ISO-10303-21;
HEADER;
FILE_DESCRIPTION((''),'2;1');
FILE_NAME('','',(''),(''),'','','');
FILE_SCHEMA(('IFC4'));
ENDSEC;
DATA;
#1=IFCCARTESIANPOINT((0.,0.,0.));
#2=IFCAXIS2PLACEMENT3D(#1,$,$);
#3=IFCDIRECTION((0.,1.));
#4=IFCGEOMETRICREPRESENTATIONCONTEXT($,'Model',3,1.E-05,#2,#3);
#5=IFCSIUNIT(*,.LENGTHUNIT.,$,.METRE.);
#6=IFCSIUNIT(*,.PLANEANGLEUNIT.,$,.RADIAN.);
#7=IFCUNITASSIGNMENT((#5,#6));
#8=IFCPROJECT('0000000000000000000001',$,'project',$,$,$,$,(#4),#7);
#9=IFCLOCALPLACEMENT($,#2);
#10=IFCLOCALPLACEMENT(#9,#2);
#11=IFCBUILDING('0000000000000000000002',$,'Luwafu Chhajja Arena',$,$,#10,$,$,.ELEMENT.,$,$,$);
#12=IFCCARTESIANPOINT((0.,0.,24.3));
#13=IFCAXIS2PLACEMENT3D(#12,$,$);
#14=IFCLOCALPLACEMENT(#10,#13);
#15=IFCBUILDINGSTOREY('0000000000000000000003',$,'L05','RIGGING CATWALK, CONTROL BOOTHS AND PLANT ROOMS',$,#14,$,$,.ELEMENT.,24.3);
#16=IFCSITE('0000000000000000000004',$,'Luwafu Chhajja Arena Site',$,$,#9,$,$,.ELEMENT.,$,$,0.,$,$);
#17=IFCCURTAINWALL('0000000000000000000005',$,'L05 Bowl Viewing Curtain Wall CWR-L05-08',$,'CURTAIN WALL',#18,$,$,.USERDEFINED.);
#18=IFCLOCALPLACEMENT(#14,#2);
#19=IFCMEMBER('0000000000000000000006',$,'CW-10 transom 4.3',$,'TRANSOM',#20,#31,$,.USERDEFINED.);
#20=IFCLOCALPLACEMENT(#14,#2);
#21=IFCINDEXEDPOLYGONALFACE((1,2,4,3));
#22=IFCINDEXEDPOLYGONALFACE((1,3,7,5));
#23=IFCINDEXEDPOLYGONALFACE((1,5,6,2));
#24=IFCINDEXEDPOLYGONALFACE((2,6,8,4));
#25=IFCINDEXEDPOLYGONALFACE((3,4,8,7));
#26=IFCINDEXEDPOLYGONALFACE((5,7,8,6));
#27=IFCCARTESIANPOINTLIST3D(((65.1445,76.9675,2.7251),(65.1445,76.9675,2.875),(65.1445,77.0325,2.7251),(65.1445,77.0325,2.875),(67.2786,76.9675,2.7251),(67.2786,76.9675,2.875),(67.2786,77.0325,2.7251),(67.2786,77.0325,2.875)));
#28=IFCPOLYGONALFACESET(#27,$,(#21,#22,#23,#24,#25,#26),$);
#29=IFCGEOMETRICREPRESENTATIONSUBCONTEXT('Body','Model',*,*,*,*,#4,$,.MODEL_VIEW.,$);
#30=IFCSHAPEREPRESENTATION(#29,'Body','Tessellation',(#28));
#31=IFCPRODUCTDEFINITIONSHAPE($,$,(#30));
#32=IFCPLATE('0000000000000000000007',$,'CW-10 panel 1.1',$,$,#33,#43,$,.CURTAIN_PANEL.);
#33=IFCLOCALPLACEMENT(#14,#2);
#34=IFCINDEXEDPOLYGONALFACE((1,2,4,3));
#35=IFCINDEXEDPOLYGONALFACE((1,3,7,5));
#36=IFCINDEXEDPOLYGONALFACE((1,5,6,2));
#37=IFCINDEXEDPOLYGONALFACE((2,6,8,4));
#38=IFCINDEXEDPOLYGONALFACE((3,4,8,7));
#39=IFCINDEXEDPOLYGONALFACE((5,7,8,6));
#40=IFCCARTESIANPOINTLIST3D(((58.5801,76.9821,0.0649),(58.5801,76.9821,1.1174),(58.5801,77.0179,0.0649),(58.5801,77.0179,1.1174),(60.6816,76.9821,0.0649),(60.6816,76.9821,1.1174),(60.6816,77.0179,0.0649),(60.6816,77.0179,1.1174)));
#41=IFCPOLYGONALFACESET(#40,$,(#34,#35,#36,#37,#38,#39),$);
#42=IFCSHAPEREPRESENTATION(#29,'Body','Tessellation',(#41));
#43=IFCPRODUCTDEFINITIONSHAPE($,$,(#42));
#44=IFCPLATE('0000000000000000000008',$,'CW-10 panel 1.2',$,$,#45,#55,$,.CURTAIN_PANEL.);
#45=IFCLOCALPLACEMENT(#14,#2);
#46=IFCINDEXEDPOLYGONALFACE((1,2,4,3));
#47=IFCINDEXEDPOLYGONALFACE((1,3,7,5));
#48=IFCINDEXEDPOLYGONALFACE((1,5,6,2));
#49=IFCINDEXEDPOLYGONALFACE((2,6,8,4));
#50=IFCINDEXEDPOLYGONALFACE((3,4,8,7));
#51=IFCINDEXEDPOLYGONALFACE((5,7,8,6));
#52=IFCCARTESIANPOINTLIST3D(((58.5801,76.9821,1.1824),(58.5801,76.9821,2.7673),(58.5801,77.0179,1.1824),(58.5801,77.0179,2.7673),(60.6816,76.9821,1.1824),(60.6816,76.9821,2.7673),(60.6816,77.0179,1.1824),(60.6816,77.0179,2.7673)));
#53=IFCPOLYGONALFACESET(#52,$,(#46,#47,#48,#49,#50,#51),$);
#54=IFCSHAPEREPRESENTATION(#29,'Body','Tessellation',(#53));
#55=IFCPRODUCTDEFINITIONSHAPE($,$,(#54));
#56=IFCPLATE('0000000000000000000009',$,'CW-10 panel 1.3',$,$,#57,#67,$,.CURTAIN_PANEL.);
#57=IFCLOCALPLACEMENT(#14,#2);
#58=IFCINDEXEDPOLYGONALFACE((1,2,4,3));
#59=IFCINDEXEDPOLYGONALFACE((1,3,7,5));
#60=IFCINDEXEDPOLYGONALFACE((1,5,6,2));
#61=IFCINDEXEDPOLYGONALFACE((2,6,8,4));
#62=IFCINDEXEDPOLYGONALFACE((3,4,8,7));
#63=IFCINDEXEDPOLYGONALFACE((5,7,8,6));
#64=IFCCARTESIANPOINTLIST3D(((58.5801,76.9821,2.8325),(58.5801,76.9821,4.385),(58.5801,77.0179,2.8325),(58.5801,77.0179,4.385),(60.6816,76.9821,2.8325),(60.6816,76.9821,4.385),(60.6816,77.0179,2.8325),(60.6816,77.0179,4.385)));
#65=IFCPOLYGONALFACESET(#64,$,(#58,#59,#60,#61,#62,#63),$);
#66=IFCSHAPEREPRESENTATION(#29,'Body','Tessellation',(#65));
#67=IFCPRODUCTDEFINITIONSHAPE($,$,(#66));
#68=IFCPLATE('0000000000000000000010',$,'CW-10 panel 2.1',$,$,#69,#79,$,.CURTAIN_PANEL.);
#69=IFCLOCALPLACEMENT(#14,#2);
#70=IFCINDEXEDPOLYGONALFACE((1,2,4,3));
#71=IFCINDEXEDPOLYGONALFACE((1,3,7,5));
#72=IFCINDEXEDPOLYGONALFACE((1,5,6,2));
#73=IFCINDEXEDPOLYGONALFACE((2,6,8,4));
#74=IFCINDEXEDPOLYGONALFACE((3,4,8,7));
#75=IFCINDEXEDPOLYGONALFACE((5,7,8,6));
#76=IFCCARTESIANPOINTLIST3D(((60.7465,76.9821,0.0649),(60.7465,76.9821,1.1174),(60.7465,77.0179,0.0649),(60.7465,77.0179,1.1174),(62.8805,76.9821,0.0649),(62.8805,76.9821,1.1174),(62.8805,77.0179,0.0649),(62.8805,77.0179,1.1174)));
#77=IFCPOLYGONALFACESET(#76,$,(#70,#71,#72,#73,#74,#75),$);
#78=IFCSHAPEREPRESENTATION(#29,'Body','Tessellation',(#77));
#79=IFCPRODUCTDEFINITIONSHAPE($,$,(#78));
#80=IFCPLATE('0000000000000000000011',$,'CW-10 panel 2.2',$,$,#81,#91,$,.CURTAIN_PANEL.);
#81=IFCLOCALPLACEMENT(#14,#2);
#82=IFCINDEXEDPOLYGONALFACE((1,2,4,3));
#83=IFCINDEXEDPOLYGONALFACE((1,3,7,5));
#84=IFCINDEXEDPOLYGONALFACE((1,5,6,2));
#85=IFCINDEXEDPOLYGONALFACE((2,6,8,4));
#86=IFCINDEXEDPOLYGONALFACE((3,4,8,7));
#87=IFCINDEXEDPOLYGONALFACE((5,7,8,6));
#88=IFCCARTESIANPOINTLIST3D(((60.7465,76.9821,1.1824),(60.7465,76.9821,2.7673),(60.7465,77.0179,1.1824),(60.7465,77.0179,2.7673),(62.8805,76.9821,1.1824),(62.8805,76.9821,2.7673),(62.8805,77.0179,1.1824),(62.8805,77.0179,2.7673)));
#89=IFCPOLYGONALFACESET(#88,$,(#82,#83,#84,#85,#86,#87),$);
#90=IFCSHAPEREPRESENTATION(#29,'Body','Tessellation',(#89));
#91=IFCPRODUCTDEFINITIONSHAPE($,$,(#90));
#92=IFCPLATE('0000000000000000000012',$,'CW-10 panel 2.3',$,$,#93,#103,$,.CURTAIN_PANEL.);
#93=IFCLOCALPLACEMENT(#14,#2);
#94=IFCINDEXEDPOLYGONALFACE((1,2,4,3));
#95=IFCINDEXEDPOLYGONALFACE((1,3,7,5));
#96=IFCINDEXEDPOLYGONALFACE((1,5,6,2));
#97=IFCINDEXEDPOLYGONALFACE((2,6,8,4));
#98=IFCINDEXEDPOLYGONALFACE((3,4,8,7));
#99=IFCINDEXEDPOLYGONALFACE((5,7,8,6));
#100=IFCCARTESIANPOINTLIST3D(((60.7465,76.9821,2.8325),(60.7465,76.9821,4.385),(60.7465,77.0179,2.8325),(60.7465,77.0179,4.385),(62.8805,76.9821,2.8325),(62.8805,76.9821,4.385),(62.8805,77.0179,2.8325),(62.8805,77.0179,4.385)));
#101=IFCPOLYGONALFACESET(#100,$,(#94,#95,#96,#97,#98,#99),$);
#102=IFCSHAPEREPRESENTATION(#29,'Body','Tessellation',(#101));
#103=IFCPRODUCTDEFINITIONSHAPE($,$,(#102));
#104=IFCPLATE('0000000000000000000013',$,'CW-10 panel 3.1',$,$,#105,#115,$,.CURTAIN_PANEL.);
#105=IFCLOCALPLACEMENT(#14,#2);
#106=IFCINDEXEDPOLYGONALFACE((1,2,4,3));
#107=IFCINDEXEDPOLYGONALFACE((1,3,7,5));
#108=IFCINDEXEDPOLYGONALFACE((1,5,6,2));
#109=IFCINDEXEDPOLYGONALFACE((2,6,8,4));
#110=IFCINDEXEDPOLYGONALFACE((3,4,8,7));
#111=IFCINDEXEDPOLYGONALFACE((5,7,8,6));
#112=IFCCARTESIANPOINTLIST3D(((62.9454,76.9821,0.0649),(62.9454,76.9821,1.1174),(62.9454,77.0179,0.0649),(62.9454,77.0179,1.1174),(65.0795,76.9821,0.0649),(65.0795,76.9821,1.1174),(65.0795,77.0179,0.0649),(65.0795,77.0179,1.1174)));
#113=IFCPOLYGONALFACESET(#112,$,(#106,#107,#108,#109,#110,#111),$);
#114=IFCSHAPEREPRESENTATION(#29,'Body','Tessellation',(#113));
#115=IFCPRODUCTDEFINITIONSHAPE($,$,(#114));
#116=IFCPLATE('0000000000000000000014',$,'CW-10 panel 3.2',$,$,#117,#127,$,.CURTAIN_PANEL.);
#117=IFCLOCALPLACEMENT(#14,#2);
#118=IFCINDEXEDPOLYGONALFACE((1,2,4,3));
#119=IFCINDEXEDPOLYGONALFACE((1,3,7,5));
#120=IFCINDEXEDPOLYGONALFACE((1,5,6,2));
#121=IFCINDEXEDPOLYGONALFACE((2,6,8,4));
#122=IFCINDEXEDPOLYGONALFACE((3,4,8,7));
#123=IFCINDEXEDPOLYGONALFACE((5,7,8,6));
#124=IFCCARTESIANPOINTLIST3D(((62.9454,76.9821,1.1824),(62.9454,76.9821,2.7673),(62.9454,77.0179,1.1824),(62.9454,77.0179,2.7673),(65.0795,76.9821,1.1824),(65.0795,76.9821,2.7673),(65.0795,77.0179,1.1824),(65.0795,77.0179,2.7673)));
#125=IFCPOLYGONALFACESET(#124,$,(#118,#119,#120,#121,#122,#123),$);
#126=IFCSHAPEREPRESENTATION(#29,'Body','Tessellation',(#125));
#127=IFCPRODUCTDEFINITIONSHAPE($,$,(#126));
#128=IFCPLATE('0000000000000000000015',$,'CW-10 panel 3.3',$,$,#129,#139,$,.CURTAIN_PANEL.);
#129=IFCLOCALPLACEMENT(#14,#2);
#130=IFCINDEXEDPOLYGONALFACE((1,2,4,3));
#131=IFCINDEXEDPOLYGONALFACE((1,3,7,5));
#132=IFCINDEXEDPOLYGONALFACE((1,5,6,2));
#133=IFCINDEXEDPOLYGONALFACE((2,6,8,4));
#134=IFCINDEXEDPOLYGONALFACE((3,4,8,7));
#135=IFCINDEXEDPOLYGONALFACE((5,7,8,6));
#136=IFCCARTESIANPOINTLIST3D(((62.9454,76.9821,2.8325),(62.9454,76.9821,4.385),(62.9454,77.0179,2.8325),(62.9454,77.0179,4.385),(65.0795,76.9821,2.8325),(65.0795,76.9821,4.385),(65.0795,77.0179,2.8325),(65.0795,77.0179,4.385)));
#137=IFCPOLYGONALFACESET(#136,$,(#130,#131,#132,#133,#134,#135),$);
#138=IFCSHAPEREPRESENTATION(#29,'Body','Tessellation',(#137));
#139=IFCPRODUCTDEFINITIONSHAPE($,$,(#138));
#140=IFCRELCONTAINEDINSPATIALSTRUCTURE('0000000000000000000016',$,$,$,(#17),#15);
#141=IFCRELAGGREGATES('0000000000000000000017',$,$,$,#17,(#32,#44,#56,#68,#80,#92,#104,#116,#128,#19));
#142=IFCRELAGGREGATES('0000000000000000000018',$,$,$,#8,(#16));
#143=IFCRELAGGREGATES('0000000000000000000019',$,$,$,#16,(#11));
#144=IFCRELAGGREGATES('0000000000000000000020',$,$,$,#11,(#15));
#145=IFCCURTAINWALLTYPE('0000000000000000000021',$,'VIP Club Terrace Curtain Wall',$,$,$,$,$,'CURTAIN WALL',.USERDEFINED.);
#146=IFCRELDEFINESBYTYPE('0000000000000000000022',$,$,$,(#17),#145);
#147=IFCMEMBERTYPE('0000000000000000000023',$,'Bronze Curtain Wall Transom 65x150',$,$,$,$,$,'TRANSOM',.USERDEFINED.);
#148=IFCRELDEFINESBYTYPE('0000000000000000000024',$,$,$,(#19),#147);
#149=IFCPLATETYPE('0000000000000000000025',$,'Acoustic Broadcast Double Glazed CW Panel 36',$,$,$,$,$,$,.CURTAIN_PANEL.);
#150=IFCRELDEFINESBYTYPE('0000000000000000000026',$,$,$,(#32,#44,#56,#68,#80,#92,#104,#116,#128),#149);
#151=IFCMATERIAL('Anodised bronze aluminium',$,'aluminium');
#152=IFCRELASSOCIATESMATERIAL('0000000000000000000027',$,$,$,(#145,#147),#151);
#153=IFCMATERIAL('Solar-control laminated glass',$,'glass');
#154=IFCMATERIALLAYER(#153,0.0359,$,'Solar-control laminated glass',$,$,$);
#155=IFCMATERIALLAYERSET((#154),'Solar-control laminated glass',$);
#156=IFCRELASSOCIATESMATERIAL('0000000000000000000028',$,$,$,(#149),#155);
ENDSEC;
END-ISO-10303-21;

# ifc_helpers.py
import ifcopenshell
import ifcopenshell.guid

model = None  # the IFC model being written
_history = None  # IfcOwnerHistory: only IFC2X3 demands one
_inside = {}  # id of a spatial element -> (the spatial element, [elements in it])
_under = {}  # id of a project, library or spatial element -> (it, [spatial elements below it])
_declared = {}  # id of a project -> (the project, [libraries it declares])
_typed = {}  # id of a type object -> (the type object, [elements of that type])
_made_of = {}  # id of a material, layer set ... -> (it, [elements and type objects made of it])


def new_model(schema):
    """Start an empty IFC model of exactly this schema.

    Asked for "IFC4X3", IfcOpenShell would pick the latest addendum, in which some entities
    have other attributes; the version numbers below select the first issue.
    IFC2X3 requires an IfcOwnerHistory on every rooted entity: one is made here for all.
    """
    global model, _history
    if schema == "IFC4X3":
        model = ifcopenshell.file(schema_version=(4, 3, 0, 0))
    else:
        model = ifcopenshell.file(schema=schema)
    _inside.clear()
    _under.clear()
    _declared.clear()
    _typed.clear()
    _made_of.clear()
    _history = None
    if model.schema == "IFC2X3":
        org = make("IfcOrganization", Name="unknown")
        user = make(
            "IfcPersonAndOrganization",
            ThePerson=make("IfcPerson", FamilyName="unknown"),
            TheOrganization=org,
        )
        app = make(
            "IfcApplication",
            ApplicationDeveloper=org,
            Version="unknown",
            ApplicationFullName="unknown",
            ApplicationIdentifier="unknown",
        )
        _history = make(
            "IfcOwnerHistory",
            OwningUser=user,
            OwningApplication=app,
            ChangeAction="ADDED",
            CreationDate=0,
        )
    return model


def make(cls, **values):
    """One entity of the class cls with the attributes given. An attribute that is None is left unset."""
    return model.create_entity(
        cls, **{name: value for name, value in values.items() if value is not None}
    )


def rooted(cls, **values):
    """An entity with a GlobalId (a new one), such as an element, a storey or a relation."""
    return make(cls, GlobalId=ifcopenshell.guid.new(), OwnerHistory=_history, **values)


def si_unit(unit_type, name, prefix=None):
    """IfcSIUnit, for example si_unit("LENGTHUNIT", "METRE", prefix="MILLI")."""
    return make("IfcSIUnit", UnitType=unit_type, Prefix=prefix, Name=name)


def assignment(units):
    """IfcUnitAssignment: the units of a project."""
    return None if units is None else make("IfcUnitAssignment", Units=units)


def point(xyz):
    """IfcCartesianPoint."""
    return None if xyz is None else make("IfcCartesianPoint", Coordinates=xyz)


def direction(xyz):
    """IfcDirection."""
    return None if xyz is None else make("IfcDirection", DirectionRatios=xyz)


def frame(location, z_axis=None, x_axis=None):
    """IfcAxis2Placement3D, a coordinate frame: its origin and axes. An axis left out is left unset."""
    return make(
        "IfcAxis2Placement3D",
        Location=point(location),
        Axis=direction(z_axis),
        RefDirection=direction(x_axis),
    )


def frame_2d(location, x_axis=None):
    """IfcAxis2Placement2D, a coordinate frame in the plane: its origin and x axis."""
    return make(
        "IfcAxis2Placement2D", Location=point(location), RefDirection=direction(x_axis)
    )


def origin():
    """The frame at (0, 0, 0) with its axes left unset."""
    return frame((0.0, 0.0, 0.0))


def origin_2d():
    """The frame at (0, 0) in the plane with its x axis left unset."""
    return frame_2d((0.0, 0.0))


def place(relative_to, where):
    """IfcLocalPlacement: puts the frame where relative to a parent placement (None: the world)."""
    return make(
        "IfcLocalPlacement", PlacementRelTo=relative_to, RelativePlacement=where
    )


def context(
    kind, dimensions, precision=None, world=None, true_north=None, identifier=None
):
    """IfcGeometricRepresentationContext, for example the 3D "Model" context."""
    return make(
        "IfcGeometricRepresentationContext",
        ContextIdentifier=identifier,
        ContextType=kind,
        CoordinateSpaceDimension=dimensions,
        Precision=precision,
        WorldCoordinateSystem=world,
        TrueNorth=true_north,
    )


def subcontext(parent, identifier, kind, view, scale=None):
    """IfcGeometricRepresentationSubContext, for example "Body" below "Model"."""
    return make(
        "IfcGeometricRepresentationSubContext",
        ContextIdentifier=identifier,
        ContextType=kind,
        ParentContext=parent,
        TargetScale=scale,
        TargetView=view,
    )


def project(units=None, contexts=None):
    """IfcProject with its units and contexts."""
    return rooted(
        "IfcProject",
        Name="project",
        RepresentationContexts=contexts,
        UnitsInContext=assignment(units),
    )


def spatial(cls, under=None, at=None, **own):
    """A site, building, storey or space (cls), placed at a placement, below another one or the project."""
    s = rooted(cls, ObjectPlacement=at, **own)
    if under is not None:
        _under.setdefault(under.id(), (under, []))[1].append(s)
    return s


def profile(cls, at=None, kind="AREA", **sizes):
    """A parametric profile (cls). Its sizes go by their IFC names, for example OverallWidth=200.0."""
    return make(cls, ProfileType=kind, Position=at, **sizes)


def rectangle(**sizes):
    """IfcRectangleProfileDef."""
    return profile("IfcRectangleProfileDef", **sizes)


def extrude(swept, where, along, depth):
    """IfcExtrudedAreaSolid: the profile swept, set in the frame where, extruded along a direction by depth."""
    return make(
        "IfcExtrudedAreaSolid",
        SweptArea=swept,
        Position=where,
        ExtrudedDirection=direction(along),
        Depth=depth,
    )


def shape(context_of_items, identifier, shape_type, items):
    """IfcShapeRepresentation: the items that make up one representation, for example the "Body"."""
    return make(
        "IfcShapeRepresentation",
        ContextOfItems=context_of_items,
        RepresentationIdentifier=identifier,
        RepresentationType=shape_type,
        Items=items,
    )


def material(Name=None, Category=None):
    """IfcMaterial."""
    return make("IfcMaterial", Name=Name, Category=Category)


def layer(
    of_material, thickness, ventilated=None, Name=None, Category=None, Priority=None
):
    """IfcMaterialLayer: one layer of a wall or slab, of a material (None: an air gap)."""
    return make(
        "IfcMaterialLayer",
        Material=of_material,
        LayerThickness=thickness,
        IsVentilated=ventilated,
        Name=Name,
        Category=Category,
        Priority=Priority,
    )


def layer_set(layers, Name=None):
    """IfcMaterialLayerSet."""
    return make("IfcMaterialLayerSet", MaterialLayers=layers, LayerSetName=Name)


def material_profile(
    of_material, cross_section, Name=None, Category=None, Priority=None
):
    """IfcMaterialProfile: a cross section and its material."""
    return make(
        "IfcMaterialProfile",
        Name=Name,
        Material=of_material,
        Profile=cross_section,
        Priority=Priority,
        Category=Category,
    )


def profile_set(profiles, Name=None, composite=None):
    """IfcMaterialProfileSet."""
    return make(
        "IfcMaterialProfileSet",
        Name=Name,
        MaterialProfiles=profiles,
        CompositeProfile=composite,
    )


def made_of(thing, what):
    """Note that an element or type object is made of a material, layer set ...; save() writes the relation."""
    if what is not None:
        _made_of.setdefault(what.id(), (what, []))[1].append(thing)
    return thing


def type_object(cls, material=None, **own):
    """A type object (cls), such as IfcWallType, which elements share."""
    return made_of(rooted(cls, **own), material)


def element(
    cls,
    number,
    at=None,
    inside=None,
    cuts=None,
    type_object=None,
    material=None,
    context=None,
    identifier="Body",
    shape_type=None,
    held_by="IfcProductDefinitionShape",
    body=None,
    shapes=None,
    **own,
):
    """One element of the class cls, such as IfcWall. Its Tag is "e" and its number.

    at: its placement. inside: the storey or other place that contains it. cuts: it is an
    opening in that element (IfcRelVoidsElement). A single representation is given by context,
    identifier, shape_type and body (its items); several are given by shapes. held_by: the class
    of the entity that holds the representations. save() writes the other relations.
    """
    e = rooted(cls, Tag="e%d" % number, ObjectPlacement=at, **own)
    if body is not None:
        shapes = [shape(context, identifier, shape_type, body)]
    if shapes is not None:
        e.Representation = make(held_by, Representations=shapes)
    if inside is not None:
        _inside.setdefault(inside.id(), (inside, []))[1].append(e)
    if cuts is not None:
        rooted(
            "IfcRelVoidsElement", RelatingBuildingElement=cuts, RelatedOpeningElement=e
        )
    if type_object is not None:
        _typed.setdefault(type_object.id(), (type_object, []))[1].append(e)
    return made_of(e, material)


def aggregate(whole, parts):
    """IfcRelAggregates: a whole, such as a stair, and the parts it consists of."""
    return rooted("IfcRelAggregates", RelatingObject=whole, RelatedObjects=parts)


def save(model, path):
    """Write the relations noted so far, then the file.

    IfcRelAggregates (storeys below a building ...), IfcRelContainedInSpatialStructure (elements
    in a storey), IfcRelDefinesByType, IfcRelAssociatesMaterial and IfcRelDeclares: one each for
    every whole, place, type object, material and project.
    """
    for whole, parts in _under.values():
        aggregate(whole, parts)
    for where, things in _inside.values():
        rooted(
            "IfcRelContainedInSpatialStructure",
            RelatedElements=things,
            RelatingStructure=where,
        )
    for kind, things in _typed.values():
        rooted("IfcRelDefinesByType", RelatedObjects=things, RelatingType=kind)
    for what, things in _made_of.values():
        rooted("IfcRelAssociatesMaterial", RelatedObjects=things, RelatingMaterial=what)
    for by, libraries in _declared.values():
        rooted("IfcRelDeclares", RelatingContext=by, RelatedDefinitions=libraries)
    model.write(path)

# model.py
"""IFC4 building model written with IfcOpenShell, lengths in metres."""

from ifc_helpers import new_model, si_unit, direction, frame, origin, origin_2d, place, context, subcontext, project, spatial, rectangle, extrude, material, layer, layer_set, material_profile, profile_set, type_object, element, aggregate, save


model = new_model("IFC4")

# Units and contexts
model_context = context("Model", 3, precision=1e-05, world=origin(), true_north=direction((0.0, 1.0)))
body_context = subcontext(model_context, "Body", "Model", "MODEL_VIEW")
ifc_project = project(units=[si_unit("LENGTHUNIT", "METRE"), si_unit("PLANEANGLEUNIT", "RADIAN")], contexts=[model_context])

# Site, building, storey
site_placement = place(None, origin())
site = spatial("IfcSite", under=ifc_project, at=site_placement, Name="Luwafu Chhajja Arena Site", CompositionType="ELEMENT", RefElevation=0.0)
building_placement = place(site_placement, origin())
building = spatial("IfcBuilding", under=site, at=building_placement, Name="Luwafu Chhajja Arena", CompositionType="ELEMENT")
storey_placement = place(building_placement, frame((0.0, 0.0, 24.3)))
storey = spatial("IfcBuildingStorey", under=building, at=storey_placement, Name="L05", Description="RIGGING CATWALK, CONTROL BOOTHS AND PLANT ROOMS", CompositionType="ELEMENT", Elevation=24.3)

# Curtain wall, member, plates
ifc_material_1 = material(Name="Anodised bronze aluminium", Category="aluminium")
curtain_wall_type = type_object("IfcCurtainWallType", Name="VIP Club Terrace Curtain Wall", ElementType="CURTAIN WALL", PredefinedType="USERDEFINED", material=ifc_material_1)
curtain_wall_placement = place(storey_placement, origin())
curtain_wall = element("IfcCurtainWall", 1, at=curtain_wall_placement, inside=storey, type_object=curtain_wall_type, Name="L05 Bowl Viewing Curtain Wall CWR-L05-08", ObjectType="CURTAIN WALL", PredefinedType="USERDEFINED")
ifc_material_profile_1 = material_profile(ifc_material_1, rectangle(XDim=0.0649, YDim=0.1499, at=origin_2d()), Name="CWT 65x150")
ifc_profile_set_1 = profile_set([ifc_material_profile_1], Name="Anodised bronze aluminium")
member_type_1 = type_object("IfcMemberType", Name="Bronze Curtain Wall Transom 65x150", ElementType="TRANSOM", PredefinedType="USERDEFINED", material=ifc_profile_set_1)
member_1_placement = place(storey_placement, frame((65.1445, 77.0, 2.8), z_axis=(1.0, 0.0, 0.0), x_axis=(0.0, 1.0, 0.0)))
member_1 = element("IfcMember", 2, at=member_1_placement, type_object=member_type_1, Name="CW-10 transom 4.3", ObjectType="TRANSOM", PredefinedType="USERDEFINED", context=body_context, shape_type="SweptSolid", body=[
    extrude(rectangle(XDim=0.0649, YDim=0.1499, at=origin_2d()), origin(), (0.0, 0.0, 1.0), 2.134),
])
ifc_material_2 = material(Name="Solar-control laminated glass", Category="glass")
ifc_layer = layer(ifc_material_2, 0.0359, Name="Solar-control laminated glass")
ifc_layer_set = layer_set([ifc_layer], Name="Solar-control laminated glass")
plate_type = type_object("IfcPlateType", Name="Acoustic Broadcast Double Glazed CW Panel 36", PredefinedType="CURTAIN_PANEL", material=ifc_layer_set)
plate_1_placement = place(storey_placement, frame((59.6309, 77.0, 0.0649), z_axis=(0.0, 0.0, 1.0), x_axis=(1.0, 0.0, 0.0)))
plate_1 = element("IfcPlate", 3, at=plate_1_placement, type_object=plate_type, Name="CW-10 panel 1.1", PredefinedType="CURTAIN_PANEL", context=body_context, shape_type="SweptSolid", body=[
    extrude(rectangle(XDim=2.1016, YDim=0.0359, at=origin_2d()), origin(), (0.0, 0.0, 1.0), 1.0525),
])
plate_2_placement = place(storey_placement, frame((59.6309, 77.0, 1.1824), z_axis=(0.0, 0.0, 1.0), x_axis=(1.0, 0.0, 0.0)))
plate_2 = element("IfcPlate", 4, at=plate_2_placement, type_object=plate_type, Name="CW-10 panel 1.2", PredefinedType="CURTAIN_PANEL", context=body_context, shape_type="SweptSolid", body=[
    extrude(rectangle(XDim=2.1016, YDim=0.0359, at=origin_2d()), origin(), (0.0, 0.0, 1.0), 1.585),
])
plate_3_placement = place(storey_placement, frame((59.6309, 77.0, 2.8325), z_axis=(0.0, 0.0, 1.0), x_axis=(1.0, 0.0, 0.0)))
plate_3 = element("IfcPlate", 5, at=plate_3_placement, type_object=plate_type, Name="CW-10 panel 1.3", PredefinedType="CURTAIN_PANEL", context=body_context, shape_type="SweptSolid", body=[
    extrude(rectangle(XDim=2.1016, YDim=0.0359, at=origin_2d()), origin(), (0.0, 0.0, 1.0), 1.5525),
])
plate_4_placement = place(storey_placement, frame((61.8135, 77.0, 0.0649), z_axis=(0.0, 0.0, 1.0), x_axis=(1.0, 0.0, 0.0)))
plate_4 = element("IfcPlate", 6, at=plate_4_placement, type_object=plate_type, Name="CW-10 panel 2.1", PredefinedType="CURTAIN_PANEL", context=body_context, shape_type="SweptSolid", body=[
    extrude(rectangle(XDim=2.134, YDim=0.0359, at=origin_2d()), origin(), (0.0, 0.0, 1.0), 1.0525),
])
plate_5_placement = place(storey_placement, frame((61.8135, 77.0, 1.1824), z_axis=(0.0, 0.0, 1.0), x_axis=(1.0, 0.0, 0.0)))
plate_5 = element("IfcPlate", 7, at=plate_5_placement, type_object=plate_type, Name="CW-10 panel 2.2", PredefinedType="CURTAIN_PANEL", context=body_context, shape_type="SweptSolid", body=[
    extrude(rectangle(XDim=2.134, YDim=0.0359, at=origin_2d()), origin(), (0.0, 0.0, 1.0), 1.585),
])
plate_6_placement = place(storey_placement, frame((61.8135, 77.0, 2.8325), z_axis=(0.0, 0.0, 1.0), x_axis=(1.0, 0.0, 0.0)))
plate_6 = element("IfcPlate", 8, at=plate_6_placement, type_object=plate_type, Name="CW-10 panel 2.3", PredefinedType="CURTAIN_PANEL", context=body_context, shape_type="SweptSolid", body=[
    extrude(rectangle(XDim=2.134, YDim=0.0359, at=origin_2d()), origin(), (0.0, 0.0, 1.0), 1.5525),
])
plate_7_placement = place(storey_placement, frame((64.0125, 77.0, 0.0649), z_axis=(0.0, 0.0, 1.0), x_axis=(1.0, 0.0, 0.0)))
plate_7 = element("IfcPlate", 9, at=plate_7_placement, type_object=plate_type, Name="CW-10 panel 3.1", PredefinedType="CURTAIN_PANEL", context=body_context, shape_type="SweptSolid", body=[
    extrude(rectangle(XDim=2.134, YDim=0.0359, at=origin_2d()), origin(), (0.0, 0.0, 1.0), 1.0525),
])
plate_8_placement = place(storey_placement, frame((64.0125, 77.0, 1.1824), z_axis=(0.0, 0.0, 1.0), x_axis=(1.0, 0.0, 0.0)))
plate_8 = element("IfcPlate", 10, at=plate_8_placement, type_object=plate_type, Name="CW-10 panel 3.2", PredefinedType="CURTAIN_PANEL", context=body_context, shape_type="SweptSolid", body=[
    extrude(rectangle(XDim=2.134, YDim=0.0359, at=origin_2d()), origin(), (0.0, 0.0, 1.0), 1.585),
])
plate_9_placement = place(storey_placement, frame((64.0125, 77.0, 2.8325), z_axis=(0.0, 0.0, 1.0), x_axis=(1.0, 0.0, 0.0)))
plate_9 = element("IfcPlate", 11, at=plate_9_placement, type_object=plate_type, Name="CW-10 panel 3.3", PredefinedType="CURTAIN_PANEL", context=body_context, shape_type="SweptSolid", body=[
    extrude(rectangle(XDim=2.134, YDim=0.0359, at=origin_2d()), origin(), (0.0, 0.0, 1.0), 1.5525),
])
aggregate(curtain_wall, [plate_1, plate_2, plate_3, plate_4, plate_5, plate_6, plate_7, plate_8, plate_9, member_1])

save(model, "model.ifc")
